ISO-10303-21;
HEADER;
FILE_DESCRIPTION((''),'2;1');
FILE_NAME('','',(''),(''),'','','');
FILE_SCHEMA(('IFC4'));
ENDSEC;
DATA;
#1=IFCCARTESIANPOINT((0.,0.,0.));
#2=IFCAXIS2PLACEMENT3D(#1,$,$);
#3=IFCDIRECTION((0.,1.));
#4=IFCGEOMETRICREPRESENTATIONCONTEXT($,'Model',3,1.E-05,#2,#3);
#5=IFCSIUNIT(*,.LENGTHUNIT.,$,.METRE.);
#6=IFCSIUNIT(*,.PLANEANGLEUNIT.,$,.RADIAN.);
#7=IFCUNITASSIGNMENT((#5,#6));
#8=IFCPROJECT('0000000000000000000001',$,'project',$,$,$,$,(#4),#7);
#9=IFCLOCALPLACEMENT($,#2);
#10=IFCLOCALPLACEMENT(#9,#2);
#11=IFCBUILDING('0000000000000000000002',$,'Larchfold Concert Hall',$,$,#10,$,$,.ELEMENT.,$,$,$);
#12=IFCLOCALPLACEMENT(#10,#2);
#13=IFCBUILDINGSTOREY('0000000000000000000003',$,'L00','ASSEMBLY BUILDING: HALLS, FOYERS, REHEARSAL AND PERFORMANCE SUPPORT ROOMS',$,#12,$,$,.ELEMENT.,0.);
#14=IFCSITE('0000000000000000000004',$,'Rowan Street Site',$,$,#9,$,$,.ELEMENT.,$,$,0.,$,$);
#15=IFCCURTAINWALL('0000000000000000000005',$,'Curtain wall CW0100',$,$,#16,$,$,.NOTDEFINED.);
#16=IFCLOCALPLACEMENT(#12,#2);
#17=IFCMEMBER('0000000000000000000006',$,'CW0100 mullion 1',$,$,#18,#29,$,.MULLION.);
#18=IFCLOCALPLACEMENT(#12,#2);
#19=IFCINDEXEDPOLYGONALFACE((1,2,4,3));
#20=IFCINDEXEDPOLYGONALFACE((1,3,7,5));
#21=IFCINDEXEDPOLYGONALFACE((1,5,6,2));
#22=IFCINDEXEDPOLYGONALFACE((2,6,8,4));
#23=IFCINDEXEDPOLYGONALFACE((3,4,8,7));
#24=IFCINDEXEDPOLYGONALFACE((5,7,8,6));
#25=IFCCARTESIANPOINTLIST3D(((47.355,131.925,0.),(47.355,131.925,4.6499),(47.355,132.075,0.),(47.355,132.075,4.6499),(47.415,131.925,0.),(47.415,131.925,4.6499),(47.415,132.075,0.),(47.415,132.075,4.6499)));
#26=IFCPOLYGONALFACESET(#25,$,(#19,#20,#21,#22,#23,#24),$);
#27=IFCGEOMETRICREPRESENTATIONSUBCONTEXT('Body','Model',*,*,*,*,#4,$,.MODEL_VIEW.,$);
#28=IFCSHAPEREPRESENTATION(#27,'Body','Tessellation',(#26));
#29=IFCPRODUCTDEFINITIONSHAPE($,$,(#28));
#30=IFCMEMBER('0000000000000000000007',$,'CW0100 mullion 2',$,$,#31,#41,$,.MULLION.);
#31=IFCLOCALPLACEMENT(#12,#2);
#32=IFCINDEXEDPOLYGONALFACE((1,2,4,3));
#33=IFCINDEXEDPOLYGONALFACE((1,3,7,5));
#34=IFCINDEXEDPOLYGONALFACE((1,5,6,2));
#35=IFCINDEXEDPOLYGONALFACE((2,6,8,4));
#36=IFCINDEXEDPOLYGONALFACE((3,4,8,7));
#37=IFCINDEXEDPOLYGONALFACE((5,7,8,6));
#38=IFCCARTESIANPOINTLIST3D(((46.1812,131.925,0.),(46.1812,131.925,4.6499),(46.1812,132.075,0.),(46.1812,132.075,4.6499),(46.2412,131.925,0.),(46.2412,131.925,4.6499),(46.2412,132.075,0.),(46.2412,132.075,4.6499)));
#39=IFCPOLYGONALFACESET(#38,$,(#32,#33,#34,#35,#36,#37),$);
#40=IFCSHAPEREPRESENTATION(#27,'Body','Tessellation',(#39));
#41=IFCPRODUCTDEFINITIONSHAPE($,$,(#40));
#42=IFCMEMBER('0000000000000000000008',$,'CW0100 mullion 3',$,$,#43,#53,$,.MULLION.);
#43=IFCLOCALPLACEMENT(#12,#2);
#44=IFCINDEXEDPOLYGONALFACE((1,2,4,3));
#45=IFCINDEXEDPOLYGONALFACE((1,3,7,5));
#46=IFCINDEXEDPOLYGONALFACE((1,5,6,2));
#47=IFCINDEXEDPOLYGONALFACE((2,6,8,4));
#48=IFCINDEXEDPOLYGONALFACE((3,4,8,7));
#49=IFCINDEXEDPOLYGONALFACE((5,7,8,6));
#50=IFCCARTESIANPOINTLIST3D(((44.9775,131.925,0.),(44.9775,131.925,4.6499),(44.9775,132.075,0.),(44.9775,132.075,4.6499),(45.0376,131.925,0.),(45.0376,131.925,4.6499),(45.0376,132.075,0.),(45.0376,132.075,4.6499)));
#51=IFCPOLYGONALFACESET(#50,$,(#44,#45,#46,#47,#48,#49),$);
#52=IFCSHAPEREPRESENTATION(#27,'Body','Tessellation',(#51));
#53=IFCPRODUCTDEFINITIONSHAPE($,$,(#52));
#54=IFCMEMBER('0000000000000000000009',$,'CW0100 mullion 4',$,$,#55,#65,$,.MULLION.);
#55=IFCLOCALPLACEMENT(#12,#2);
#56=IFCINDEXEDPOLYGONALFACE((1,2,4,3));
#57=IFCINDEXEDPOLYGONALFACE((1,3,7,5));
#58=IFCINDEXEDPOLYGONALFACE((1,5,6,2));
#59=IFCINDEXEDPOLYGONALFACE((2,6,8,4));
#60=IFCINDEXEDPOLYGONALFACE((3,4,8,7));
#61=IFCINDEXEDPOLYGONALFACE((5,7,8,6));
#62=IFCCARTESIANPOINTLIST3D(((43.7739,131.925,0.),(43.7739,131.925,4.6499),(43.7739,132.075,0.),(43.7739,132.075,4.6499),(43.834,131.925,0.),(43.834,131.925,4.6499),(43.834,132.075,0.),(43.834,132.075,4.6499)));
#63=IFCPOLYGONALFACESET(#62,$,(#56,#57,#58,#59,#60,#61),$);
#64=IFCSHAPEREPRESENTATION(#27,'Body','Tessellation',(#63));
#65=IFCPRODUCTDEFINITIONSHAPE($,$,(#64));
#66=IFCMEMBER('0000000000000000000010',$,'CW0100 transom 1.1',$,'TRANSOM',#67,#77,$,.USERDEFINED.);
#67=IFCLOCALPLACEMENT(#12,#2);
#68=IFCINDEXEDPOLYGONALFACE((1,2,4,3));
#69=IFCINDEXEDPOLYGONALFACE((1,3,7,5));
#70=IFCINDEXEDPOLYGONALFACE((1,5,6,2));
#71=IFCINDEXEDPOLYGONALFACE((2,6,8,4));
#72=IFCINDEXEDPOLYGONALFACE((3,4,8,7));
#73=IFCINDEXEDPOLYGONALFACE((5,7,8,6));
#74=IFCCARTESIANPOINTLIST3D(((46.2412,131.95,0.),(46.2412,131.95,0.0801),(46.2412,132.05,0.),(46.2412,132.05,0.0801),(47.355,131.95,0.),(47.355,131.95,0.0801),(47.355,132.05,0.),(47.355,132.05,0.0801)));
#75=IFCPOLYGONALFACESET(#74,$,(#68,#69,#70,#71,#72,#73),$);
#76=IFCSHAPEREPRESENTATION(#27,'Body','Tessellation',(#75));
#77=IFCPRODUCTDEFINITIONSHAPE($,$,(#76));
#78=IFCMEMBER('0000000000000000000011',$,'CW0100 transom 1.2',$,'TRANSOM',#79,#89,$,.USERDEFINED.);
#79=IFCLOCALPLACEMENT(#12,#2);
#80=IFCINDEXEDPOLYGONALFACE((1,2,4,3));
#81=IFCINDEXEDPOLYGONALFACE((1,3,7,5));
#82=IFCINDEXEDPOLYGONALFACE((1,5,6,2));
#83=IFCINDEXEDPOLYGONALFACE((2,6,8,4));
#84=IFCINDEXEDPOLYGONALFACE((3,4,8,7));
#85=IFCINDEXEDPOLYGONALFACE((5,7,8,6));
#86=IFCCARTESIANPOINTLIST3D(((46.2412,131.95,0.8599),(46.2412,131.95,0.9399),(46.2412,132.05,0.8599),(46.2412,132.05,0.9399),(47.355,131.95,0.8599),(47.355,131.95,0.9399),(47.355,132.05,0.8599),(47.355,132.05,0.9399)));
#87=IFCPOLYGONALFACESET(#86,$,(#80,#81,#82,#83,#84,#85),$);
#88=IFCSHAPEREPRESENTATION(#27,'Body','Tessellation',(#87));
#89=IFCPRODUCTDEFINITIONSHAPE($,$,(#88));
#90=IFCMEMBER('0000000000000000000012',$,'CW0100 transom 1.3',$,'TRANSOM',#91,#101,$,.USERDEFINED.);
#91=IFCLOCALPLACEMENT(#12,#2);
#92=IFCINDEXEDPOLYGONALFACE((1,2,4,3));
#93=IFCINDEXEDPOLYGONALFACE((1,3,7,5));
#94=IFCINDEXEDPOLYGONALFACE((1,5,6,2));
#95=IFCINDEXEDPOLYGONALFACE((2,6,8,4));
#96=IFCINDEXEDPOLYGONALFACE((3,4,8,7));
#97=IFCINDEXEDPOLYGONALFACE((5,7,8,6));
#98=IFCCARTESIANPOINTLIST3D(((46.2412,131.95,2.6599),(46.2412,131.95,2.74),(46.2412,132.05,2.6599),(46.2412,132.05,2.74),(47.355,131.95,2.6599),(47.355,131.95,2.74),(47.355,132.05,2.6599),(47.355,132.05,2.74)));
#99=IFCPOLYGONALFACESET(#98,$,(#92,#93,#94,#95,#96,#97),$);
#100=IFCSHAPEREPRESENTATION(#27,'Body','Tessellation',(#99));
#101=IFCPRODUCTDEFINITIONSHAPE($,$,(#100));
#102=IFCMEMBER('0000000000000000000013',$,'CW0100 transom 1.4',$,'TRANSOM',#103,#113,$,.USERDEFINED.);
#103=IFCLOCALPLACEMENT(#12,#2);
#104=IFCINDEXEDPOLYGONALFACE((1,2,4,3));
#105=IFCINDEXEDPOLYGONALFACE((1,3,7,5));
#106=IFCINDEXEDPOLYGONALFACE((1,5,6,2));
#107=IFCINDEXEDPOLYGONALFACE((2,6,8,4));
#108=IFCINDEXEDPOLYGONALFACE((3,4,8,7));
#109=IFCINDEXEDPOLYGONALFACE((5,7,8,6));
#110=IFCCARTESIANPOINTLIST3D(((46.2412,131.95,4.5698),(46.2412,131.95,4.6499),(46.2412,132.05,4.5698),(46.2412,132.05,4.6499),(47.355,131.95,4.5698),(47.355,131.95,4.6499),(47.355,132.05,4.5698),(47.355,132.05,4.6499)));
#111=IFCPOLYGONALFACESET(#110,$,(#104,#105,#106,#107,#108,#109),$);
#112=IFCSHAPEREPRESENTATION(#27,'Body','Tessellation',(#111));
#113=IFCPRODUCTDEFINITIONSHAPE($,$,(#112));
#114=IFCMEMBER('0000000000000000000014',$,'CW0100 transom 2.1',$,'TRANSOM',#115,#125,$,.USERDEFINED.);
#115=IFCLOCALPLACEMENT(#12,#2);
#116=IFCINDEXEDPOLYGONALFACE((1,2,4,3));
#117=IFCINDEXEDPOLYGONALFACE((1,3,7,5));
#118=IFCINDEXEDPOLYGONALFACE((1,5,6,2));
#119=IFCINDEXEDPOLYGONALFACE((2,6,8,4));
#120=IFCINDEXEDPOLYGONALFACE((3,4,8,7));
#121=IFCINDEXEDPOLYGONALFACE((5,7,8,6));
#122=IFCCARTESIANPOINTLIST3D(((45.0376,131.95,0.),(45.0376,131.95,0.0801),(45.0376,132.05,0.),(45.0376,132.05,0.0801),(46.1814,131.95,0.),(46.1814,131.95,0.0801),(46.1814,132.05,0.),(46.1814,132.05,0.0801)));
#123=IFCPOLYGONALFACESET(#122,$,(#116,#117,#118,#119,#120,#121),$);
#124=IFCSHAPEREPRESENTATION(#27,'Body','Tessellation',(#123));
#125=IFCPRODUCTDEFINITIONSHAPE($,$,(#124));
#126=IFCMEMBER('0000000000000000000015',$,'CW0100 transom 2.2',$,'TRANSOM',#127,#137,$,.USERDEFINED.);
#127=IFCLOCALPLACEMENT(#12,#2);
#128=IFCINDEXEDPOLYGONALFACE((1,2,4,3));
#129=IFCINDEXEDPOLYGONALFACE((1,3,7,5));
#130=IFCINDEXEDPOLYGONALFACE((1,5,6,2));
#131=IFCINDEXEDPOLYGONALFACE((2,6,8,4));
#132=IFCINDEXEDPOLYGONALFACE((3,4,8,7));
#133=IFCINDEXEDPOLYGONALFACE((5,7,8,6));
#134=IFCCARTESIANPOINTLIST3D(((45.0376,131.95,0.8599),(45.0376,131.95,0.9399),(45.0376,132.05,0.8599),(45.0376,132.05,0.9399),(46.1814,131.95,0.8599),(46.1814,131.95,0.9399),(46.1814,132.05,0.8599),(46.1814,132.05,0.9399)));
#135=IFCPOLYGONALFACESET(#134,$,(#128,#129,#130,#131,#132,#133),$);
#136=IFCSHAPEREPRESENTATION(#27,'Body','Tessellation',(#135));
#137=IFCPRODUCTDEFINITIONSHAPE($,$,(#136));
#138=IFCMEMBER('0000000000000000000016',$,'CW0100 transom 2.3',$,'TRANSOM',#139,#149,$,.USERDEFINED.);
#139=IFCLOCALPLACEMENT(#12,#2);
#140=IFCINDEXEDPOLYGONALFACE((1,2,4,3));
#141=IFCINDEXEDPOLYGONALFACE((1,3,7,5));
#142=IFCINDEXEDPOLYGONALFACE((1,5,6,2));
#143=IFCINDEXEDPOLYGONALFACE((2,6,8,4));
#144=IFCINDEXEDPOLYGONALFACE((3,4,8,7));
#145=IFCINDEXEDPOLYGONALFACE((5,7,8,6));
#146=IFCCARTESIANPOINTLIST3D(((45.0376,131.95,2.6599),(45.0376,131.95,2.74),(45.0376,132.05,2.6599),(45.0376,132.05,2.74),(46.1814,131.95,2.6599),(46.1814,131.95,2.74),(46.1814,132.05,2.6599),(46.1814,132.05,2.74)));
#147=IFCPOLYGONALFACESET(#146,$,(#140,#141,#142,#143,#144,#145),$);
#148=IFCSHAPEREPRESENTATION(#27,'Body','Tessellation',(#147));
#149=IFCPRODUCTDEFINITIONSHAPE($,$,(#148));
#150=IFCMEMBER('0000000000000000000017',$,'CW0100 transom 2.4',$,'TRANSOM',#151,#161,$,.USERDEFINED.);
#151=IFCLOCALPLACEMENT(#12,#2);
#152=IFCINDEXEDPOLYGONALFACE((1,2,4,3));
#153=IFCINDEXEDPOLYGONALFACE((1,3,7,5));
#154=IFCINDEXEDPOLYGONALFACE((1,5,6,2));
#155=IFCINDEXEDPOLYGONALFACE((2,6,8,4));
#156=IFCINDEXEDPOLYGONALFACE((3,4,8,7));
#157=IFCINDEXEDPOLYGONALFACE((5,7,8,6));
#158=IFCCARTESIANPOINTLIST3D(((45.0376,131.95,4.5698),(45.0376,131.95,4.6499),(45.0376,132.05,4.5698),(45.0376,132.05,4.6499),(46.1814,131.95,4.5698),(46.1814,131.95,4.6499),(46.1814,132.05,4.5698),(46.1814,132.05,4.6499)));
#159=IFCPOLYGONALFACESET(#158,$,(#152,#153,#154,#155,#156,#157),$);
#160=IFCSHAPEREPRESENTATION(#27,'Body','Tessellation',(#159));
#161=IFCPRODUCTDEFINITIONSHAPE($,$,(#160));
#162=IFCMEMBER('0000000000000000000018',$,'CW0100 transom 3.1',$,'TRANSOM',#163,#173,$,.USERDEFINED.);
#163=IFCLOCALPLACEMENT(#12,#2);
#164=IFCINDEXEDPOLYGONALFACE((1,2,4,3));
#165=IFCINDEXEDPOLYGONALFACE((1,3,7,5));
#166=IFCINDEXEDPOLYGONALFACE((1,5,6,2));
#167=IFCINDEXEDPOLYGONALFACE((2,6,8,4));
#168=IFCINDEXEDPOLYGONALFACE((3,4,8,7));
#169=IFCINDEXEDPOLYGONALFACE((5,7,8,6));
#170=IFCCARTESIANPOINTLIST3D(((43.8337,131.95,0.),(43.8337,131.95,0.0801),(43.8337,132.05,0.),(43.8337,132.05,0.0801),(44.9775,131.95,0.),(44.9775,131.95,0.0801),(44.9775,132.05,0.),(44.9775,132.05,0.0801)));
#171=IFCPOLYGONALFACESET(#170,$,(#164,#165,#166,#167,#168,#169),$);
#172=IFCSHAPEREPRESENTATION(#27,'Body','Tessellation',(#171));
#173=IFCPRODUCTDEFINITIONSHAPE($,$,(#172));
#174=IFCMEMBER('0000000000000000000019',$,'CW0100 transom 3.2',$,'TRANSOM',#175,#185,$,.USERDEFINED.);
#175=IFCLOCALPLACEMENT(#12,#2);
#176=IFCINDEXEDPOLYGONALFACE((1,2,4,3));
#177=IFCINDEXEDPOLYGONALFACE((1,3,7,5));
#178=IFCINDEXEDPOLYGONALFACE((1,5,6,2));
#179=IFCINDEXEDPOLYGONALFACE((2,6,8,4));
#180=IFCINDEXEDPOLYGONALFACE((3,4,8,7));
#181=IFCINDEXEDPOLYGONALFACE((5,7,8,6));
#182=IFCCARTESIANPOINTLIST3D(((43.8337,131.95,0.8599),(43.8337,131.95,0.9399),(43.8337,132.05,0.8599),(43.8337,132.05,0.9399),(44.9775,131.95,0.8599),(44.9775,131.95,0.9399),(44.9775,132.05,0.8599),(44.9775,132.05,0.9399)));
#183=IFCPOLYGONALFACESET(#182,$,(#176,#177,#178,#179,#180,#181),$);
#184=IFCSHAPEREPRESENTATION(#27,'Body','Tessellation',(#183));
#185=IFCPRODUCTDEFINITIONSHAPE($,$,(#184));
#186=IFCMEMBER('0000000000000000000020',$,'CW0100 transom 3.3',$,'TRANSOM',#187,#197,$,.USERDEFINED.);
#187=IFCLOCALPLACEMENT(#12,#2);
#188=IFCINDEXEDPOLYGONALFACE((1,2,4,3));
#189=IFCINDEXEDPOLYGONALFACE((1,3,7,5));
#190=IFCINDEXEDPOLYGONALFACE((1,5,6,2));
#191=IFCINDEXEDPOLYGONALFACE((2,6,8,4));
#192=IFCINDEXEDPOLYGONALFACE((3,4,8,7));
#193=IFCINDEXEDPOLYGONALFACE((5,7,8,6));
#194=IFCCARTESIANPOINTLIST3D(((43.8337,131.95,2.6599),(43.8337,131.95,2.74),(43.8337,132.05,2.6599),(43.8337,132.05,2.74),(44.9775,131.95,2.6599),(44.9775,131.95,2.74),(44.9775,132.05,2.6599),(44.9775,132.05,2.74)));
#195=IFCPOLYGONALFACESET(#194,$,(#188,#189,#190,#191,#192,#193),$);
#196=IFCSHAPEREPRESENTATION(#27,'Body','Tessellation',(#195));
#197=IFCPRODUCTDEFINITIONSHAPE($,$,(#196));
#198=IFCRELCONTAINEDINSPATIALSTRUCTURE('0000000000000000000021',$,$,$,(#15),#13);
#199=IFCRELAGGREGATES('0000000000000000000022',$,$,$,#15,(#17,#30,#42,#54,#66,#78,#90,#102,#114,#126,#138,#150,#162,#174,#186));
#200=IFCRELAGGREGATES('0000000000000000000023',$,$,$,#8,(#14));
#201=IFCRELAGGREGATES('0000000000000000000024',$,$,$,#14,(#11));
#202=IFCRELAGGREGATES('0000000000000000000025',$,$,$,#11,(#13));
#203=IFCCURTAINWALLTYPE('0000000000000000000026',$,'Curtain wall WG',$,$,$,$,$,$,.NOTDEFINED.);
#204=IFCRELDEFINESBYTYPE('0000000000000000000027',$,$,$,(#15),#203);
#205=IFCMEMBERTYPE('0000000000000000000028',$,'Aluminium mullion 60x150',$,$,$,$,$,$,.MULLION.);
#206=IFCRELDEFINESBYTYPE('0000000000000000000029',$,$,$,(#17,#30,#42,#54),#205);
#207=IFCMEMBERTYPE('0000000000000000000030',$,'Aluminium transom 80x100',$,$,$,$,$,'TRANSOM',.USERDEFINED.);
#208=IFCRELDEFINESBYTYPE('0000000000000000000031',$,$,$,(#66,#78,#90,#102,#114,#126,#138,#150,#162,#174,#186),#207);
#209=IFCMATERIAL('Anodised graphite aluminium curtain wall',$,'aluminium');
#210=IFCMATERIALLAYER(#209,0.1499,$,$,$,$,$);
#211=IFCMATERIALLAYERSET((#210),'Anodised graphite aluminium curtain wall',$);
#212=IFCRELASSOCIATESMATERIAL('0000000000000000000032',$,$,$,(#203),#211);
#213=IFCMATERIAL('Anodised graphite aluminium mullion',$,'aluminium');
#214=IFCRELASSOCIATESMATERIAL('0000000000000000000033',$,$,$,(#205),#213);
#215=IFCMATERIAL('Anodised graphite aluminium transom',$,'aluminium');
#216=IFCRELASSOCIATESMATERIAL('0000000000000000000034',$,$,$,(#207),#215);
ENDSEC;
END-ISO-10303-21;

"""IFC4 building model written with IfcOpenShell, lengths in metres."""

from ifc_helpers import new_model, si_unit, direction, frame, origin, origin_2d, place, context, subcontext, project, spatial, rectangle, extrude, material, layer, layer_set, material_profile, profile_set, type_object, element, aggregate, save


model = new_model("IFC4")

# Units and contexts
model_context = context("Model", 3, precision=1e-05, world=origin(), true_north=direction((0.0, 1.0)))
body_context = subcontext(model_context, "Body", "Model", "MODEL_VIEW")
ifc_project = project(units=[si_unit("LENGTHUNIT", "METRE"), si_unit("PLANEANGLEUNIT", "RADIAN")], contexts=[model_context])

# Site, building, storey
site_placement = place(None, origin())
site = spatial("IfcSite", under=ifc_project, at=site_placement, Name="Rowan Street Site", CompositionType="ELEMENT", RefElevation=0.0)
building_placement = place(site_placement, origin())
building = spatial("IfcBuilding", under=site, at=building_placement, Name="Larchfold Concert Hall", CompositionType="ELEMENT")
storey_placement = place(building_placement, origin())
storey = spatial("IfcBuildingStorey", under=building, at=storey_placement, Name="L00", Description="ASSEMBLY BUILDING: HALLS, FOYERS, REHEARSAL AND PERFORMANCE SUPPORT ROOMS", CompositionType="ELEMENT", Elevation=0.0)

# Curtain wall, members
ifc_material_1 = material(Name="Anodised graphite aluminium curtain wall", Category="aluminium")
ifc_layer_1 = layer(ifc_material_1, 0.1499)
ifc_layer_set_1 = layer_set([ifc_layer_1], Name="Anodised graphite aluminium curtain wall")
curtain_wall_type = type_object("IfcCurtainWallType", Name="Curtain wall WG", PredefinedType="NOTDEFINED", material=ifc_layer_set_1)
curtain_wall_placement = place(storey_placement, origin())
curtain_wall = element("IfcCurtainWall", 1, at=curtain_wall_placement, inside=storey, type_object=curtain_wall_type, Name="Curtain wall CW0100", PredefinedType="NOTDEFINED")
ifc_material_2 = material(Name="Anodised graphite aluminium mullion", Category="aluminium")
ifc_material_profile_1 = material_profile(ifc_material_2, rectangle(XDim=0.1499, YDim=0.0601, at=origin_2d()))
ifc_profile_set_1 = profile_set([ifc_material_profile_1], Name="Anodised graphite aluminium mullion")
member_type_1 = type_object("IfcMemberType", Name="Aluminium mullion 60x150", PredefinedType="MULLION", material=ifc_profile_set_1)
member_1_placement = place(storey_placement, frame((47.385, 132.0, 0.0), z_axis=(0.0, 0.0, 1.0), x_axis=(0.0, -1.0, 0.0)))
member_1 = element("IfcMember", 2, at=member_1_placement, type_object=member_type_1, Name="CW0100 mullion 1", PredefinedType="MULLION", context=body_context, shape_type="SweptSolid", body=[
    extrude(rectangle(XDim=0.1499, YDim=0.0601, at=origin_2d()), origin(), (0.0, 0.0, 1.0), 4.6499),
])
member_2_placement = place(storey_placement, frame((46.2112, 132.0, 0.0), z_axis=(0.0, 0.0, 1.0), x_axis=(0.0, -1.0, 0.0)))
member_2 = element("IfcMember", 3, at=member_2_placement, type_object=member_type_1, Name="CW0100 mullion 2", PredefinedType="MULLION", context=body_context, shape_type="SweptSolid", body=[
    extrude(rectangle(XDim=0.1499, YDim=0.0601, at=origin_2d()), origin(), (0.0, 0.0, 1.0), 4.6499),
])
member_3_placement = place(storey_placement, frame((45.0076, 132.0, 0.0), z_axis=(0.0, 0.0, 1.0), x_axis=(0.0, -1.0, 0.0)))
member_3 = element("IfcMember", 4, at=member_3_placement, type_object=member_type_1, Name="CW0100 mullion 3", PredefinedType="MULLION", context=body_context, shape_type="SweptSolid", body=[
    extrude(rectangle(XDim=0.1499, YDim=0.0601, at=origin_2d()), origin(), (0.0, 0.0, 1.0), 4.6499),
])
member_4_placement = place(storey_placement, frame((43.804, 132.0, 0.0), z_axis=(0.0, 0.0, 1.0), x_axis=(0.0, -1.0, 0.0)))
member_4 = element("IfcMember", 5, at=member_4_placement, type_object=member_type_1, Name="CW0100 mullion 4", PredefinedType="MULLION", context=body_context, shape_type="SweptSolid", body=[
    extrude(rectangle(XDim=0.1499, YDim=0.0601, at=origin_2d()), origin(), (0.0, 0.0, 1.0), 4.6499),
])
ifc_material_3 = material(Name="Anodised graphite aluminium transom", Category="aluminium")
ifc_material_profile_2 = material_profile(ifc_material_3, rectangle(XDim=0.1001, YDim=0.0801, at=origin_2d()))
ifc_profile_set_2 = profile_set([ifc_material_profile_2], Name="Anodised graphite aluminium transom")
member_type_2 = type_object("IfcMemberType", Name="Aluminium transom 80x100", ElementType="TRANSOM", PredefinedType="USERDEFINED", material=ifc_profile_set_2)
member_5_placement = place(storey_placement, frame((47.355, 132.0, 0.04), z_axis=(-1.0, 0.0, 0.0), x_axis=(0.0, -1.0, 0.0)))
member_5 = element("IfcMember", 6, at=member_5_placement, type_object=member_type_2, Name="CW0100 transom 1.1", ObjectType="TRANSOM", PredefinedType="USERDEFINED", context=body_context, shape_type="SweptSolid", body=[
    extrude(rectangle(XDim=0.1001, YDim=0.0801, at=origin_2d()), origin(), (0.0, 0.0, 1.0), 1.1138),
])
member_6_placement = place(storey_placement, frame((47.355, 132.0, 0.8999), z_axis=(-1.0, 0.0, 0.0), x_axis=(0.0, -1.0, 0.0)))
member_6 = element("IfcMember", 7, at=member_6_placement, type_object=member_type_2, Name="CW0100 transom 1.2", ObjectType="TRANSOM", PredefinedType="USERDEFINED", context=body_context, shape_type="SweptSolid", body=[
    extrude(rectangle(XDim=0.1001, YDim=0.0801, at=origin_2d()), origin(), (0.0, 0.0, 1.0), 1.1138),
])
member_7_placement = place(storey_placement, frame((47.355, 132.0, 2.7), z_axis=(-1.0, 0.0, 0.0), x_axis=(0.0, -1.0, 0.0)))
member_7 = element("IfcMember", 8, at=member_7_placement, type_object=member_type_2, Name="CW0100 transom 1.3", ObjectType="TRANSOM", PredefinedType="USERDEFINED", context=body_context, shape_type="SweptSolid", body=[
    extrude(rectangle(XDim=0.1001, YDim=0.0801, at=origin_2d()), origin(), (0.0, 0.0, 1.0), 1.1138),
])
member_8_placement = place(storey_placement, frame((47.355, 132.0, 4.6099), z_axis=(-1.0, 0.0, 0.0), x_axis=(0.0, -1.0, 0.0)))
member_8 = element("IfcMember", 9, at=member_8_placement, type_object=member_type_2, Name="CW0100 transom 1.4", ObjectType="TRANSOM", PredefinedType="USERDEFINED", context=body_context, shape_type="SweptSolid", body=[
    extrude(rectangle(XDim=0.1001, YDim=0.0801, at=origin_2d()), origin(), (0.0, 0.0, 1.0), 1.1138),
])
member_9_placement = place(storey_placement, frame((46.1814, 132.0, 0.04), z_axis=(-1.0, 0.0, 0.0), x_axis=(0.0, -1.0, 0.0)))
member_9 = element("IfcMember", 10, at=member_9_placement, type_object=member_type_2, Name="CW0100 transom 2.1", ObjectType="TRANSOM", PredefinedType="USERDEFINED", context=body_context, shape_type="SweptSolid", body=[
    extrude(rectangle(XDim=0.1001, YDim=0.0801, at=origin_2d()), origin(), (0.0, 0.0, 1.0), 1.1438),
])
member_10_placement = place(storey_placement, frame((46.1814, 132.0, 0.8999), z_axis=(-1.0, 0.0, 0.0), x_axis=(0.0, -1.0, 0.0)))
member_10 = element("IfcMember", 11, at=member_10_placement, type_object=member_type_2, Name="CW0100 transom 2.2", ObjectType="TRANSOM", PredefinedType="USERDEFINED", context=body_context, shape_type="SweptSolid", body=[
    extrude(rectangle(XDim=0.1001, YDim=0.0801, at=origin_2d()), origin(), (0.0, 0.0, 1.0), 1.1438),
])
member_11_placement = place(storey_placement, frame((46.1814, 132.0, 2.7), z_axis=(-1.0, 0.0, 0.0), x_axis=(0.0, -1.0, 0.0)))
member_11 = element("IfcMember", 12, at=member_11_placement, type_object=member_type_2, Name="CW0100 transom 2.3", ObjectType="TRANSOM", PredefinedType="USERDEFINED", context=body_context, shape_type="SweptSolid", body=[
    extrude(rectangle(XDim=0.1001, YDim=0.0801, at=origin_2d()), origin(), (0.0, 0.0, 1.0), 1.1438),
])
member_12_placement = place(storey_placement, frame((46.1814, 132.0, 4.6099), z_axis=(-1.0, 0.0, 0.0), x_axis=(0.0, -1.0, 0.0)))
member_12 = element("IfcMember", 13, at=member_12_placement, type_object=member_type_2, Name="CW0100 transom 2.4", ObjectType="TRANSOM", PredefinedType="USERDEFINED", context=body_context, shape_type="SweptSolid", body=[
    extrude(rectangle(XDim=0.1001, YDim=0.0801, at=origin_2d()), origin(), (0.0, 0.0, 1.0), 1.1438),
])
member_13_placement = place(storey_placement, frame((44.9775, 132.0, 0.04), z_axis=(-1.0, 0.0, 0.0), x_axis=(0.0, -1.0, 0.0)))
member_13 = element("IfcMember", 14, at=member_13_placement, type_object=member_type_2, Name="CW0100 transom 3.1", ObjectType="TRANSOM", PredefinedType="USERDEFINED", context=body_context, shape_type="SweptSolid", body=[
    extrude(rectangle(XDim=0.1001, YDim=0.0801, at=origin_2d()), origin(), (0.0, 0.0, 1.0), 1.1438),
])
member_14_placement = place(storey_placement, frame((44.9775, 132.0, 0.8999), z_axis=(-1.0, 0.0, 0.0), x_axis=(0.0, -1.0, 0.0)))
member_14 = element("IfcMember", 15, at=member_14_placement, type_object=member_type_2, Name="CW0100 transom 3.2", ObjectType="TRANSOM", PredefinedType="USERDEFINED", context=body_context, shape_type="SweptSolid", body=[
    extrude(rectangle(XDim=0.1001, YDim=0.0801, at=origin_2d()), origin(), (0.0, 0.0, 1.0), 1.1438),
])
member_15_placement = place(storey_placement, frame((44.9775, 132.0, 2.7), z_axis=(-1.0, 0.0, 0.0), x_axis=(0.0, -1.0, 0.0)))
member_15 = element("IfcMember", 16, at=member_15_placement, type_object=member_type_2, Name="CW0100 transom 3.3", ObjectType="TRANSOM", PredefinedType="USERDEFINED", context=body_context, shape_type="SweptSolid", body=[
    extrude(rectangle(XDim=0.1001, YDim=0.0801, at=origin_2d()), origin(), (0.0, 0.0, 1.0), 1.1438),
])
aggregate(curtain_wall, [member_1, member_2, member_3, member_4, member_5, member_6, member_7, member_8, member_9, member_10, member_11, member_12, member_13, member_14, member_15])

save(model, "model.ifc")
